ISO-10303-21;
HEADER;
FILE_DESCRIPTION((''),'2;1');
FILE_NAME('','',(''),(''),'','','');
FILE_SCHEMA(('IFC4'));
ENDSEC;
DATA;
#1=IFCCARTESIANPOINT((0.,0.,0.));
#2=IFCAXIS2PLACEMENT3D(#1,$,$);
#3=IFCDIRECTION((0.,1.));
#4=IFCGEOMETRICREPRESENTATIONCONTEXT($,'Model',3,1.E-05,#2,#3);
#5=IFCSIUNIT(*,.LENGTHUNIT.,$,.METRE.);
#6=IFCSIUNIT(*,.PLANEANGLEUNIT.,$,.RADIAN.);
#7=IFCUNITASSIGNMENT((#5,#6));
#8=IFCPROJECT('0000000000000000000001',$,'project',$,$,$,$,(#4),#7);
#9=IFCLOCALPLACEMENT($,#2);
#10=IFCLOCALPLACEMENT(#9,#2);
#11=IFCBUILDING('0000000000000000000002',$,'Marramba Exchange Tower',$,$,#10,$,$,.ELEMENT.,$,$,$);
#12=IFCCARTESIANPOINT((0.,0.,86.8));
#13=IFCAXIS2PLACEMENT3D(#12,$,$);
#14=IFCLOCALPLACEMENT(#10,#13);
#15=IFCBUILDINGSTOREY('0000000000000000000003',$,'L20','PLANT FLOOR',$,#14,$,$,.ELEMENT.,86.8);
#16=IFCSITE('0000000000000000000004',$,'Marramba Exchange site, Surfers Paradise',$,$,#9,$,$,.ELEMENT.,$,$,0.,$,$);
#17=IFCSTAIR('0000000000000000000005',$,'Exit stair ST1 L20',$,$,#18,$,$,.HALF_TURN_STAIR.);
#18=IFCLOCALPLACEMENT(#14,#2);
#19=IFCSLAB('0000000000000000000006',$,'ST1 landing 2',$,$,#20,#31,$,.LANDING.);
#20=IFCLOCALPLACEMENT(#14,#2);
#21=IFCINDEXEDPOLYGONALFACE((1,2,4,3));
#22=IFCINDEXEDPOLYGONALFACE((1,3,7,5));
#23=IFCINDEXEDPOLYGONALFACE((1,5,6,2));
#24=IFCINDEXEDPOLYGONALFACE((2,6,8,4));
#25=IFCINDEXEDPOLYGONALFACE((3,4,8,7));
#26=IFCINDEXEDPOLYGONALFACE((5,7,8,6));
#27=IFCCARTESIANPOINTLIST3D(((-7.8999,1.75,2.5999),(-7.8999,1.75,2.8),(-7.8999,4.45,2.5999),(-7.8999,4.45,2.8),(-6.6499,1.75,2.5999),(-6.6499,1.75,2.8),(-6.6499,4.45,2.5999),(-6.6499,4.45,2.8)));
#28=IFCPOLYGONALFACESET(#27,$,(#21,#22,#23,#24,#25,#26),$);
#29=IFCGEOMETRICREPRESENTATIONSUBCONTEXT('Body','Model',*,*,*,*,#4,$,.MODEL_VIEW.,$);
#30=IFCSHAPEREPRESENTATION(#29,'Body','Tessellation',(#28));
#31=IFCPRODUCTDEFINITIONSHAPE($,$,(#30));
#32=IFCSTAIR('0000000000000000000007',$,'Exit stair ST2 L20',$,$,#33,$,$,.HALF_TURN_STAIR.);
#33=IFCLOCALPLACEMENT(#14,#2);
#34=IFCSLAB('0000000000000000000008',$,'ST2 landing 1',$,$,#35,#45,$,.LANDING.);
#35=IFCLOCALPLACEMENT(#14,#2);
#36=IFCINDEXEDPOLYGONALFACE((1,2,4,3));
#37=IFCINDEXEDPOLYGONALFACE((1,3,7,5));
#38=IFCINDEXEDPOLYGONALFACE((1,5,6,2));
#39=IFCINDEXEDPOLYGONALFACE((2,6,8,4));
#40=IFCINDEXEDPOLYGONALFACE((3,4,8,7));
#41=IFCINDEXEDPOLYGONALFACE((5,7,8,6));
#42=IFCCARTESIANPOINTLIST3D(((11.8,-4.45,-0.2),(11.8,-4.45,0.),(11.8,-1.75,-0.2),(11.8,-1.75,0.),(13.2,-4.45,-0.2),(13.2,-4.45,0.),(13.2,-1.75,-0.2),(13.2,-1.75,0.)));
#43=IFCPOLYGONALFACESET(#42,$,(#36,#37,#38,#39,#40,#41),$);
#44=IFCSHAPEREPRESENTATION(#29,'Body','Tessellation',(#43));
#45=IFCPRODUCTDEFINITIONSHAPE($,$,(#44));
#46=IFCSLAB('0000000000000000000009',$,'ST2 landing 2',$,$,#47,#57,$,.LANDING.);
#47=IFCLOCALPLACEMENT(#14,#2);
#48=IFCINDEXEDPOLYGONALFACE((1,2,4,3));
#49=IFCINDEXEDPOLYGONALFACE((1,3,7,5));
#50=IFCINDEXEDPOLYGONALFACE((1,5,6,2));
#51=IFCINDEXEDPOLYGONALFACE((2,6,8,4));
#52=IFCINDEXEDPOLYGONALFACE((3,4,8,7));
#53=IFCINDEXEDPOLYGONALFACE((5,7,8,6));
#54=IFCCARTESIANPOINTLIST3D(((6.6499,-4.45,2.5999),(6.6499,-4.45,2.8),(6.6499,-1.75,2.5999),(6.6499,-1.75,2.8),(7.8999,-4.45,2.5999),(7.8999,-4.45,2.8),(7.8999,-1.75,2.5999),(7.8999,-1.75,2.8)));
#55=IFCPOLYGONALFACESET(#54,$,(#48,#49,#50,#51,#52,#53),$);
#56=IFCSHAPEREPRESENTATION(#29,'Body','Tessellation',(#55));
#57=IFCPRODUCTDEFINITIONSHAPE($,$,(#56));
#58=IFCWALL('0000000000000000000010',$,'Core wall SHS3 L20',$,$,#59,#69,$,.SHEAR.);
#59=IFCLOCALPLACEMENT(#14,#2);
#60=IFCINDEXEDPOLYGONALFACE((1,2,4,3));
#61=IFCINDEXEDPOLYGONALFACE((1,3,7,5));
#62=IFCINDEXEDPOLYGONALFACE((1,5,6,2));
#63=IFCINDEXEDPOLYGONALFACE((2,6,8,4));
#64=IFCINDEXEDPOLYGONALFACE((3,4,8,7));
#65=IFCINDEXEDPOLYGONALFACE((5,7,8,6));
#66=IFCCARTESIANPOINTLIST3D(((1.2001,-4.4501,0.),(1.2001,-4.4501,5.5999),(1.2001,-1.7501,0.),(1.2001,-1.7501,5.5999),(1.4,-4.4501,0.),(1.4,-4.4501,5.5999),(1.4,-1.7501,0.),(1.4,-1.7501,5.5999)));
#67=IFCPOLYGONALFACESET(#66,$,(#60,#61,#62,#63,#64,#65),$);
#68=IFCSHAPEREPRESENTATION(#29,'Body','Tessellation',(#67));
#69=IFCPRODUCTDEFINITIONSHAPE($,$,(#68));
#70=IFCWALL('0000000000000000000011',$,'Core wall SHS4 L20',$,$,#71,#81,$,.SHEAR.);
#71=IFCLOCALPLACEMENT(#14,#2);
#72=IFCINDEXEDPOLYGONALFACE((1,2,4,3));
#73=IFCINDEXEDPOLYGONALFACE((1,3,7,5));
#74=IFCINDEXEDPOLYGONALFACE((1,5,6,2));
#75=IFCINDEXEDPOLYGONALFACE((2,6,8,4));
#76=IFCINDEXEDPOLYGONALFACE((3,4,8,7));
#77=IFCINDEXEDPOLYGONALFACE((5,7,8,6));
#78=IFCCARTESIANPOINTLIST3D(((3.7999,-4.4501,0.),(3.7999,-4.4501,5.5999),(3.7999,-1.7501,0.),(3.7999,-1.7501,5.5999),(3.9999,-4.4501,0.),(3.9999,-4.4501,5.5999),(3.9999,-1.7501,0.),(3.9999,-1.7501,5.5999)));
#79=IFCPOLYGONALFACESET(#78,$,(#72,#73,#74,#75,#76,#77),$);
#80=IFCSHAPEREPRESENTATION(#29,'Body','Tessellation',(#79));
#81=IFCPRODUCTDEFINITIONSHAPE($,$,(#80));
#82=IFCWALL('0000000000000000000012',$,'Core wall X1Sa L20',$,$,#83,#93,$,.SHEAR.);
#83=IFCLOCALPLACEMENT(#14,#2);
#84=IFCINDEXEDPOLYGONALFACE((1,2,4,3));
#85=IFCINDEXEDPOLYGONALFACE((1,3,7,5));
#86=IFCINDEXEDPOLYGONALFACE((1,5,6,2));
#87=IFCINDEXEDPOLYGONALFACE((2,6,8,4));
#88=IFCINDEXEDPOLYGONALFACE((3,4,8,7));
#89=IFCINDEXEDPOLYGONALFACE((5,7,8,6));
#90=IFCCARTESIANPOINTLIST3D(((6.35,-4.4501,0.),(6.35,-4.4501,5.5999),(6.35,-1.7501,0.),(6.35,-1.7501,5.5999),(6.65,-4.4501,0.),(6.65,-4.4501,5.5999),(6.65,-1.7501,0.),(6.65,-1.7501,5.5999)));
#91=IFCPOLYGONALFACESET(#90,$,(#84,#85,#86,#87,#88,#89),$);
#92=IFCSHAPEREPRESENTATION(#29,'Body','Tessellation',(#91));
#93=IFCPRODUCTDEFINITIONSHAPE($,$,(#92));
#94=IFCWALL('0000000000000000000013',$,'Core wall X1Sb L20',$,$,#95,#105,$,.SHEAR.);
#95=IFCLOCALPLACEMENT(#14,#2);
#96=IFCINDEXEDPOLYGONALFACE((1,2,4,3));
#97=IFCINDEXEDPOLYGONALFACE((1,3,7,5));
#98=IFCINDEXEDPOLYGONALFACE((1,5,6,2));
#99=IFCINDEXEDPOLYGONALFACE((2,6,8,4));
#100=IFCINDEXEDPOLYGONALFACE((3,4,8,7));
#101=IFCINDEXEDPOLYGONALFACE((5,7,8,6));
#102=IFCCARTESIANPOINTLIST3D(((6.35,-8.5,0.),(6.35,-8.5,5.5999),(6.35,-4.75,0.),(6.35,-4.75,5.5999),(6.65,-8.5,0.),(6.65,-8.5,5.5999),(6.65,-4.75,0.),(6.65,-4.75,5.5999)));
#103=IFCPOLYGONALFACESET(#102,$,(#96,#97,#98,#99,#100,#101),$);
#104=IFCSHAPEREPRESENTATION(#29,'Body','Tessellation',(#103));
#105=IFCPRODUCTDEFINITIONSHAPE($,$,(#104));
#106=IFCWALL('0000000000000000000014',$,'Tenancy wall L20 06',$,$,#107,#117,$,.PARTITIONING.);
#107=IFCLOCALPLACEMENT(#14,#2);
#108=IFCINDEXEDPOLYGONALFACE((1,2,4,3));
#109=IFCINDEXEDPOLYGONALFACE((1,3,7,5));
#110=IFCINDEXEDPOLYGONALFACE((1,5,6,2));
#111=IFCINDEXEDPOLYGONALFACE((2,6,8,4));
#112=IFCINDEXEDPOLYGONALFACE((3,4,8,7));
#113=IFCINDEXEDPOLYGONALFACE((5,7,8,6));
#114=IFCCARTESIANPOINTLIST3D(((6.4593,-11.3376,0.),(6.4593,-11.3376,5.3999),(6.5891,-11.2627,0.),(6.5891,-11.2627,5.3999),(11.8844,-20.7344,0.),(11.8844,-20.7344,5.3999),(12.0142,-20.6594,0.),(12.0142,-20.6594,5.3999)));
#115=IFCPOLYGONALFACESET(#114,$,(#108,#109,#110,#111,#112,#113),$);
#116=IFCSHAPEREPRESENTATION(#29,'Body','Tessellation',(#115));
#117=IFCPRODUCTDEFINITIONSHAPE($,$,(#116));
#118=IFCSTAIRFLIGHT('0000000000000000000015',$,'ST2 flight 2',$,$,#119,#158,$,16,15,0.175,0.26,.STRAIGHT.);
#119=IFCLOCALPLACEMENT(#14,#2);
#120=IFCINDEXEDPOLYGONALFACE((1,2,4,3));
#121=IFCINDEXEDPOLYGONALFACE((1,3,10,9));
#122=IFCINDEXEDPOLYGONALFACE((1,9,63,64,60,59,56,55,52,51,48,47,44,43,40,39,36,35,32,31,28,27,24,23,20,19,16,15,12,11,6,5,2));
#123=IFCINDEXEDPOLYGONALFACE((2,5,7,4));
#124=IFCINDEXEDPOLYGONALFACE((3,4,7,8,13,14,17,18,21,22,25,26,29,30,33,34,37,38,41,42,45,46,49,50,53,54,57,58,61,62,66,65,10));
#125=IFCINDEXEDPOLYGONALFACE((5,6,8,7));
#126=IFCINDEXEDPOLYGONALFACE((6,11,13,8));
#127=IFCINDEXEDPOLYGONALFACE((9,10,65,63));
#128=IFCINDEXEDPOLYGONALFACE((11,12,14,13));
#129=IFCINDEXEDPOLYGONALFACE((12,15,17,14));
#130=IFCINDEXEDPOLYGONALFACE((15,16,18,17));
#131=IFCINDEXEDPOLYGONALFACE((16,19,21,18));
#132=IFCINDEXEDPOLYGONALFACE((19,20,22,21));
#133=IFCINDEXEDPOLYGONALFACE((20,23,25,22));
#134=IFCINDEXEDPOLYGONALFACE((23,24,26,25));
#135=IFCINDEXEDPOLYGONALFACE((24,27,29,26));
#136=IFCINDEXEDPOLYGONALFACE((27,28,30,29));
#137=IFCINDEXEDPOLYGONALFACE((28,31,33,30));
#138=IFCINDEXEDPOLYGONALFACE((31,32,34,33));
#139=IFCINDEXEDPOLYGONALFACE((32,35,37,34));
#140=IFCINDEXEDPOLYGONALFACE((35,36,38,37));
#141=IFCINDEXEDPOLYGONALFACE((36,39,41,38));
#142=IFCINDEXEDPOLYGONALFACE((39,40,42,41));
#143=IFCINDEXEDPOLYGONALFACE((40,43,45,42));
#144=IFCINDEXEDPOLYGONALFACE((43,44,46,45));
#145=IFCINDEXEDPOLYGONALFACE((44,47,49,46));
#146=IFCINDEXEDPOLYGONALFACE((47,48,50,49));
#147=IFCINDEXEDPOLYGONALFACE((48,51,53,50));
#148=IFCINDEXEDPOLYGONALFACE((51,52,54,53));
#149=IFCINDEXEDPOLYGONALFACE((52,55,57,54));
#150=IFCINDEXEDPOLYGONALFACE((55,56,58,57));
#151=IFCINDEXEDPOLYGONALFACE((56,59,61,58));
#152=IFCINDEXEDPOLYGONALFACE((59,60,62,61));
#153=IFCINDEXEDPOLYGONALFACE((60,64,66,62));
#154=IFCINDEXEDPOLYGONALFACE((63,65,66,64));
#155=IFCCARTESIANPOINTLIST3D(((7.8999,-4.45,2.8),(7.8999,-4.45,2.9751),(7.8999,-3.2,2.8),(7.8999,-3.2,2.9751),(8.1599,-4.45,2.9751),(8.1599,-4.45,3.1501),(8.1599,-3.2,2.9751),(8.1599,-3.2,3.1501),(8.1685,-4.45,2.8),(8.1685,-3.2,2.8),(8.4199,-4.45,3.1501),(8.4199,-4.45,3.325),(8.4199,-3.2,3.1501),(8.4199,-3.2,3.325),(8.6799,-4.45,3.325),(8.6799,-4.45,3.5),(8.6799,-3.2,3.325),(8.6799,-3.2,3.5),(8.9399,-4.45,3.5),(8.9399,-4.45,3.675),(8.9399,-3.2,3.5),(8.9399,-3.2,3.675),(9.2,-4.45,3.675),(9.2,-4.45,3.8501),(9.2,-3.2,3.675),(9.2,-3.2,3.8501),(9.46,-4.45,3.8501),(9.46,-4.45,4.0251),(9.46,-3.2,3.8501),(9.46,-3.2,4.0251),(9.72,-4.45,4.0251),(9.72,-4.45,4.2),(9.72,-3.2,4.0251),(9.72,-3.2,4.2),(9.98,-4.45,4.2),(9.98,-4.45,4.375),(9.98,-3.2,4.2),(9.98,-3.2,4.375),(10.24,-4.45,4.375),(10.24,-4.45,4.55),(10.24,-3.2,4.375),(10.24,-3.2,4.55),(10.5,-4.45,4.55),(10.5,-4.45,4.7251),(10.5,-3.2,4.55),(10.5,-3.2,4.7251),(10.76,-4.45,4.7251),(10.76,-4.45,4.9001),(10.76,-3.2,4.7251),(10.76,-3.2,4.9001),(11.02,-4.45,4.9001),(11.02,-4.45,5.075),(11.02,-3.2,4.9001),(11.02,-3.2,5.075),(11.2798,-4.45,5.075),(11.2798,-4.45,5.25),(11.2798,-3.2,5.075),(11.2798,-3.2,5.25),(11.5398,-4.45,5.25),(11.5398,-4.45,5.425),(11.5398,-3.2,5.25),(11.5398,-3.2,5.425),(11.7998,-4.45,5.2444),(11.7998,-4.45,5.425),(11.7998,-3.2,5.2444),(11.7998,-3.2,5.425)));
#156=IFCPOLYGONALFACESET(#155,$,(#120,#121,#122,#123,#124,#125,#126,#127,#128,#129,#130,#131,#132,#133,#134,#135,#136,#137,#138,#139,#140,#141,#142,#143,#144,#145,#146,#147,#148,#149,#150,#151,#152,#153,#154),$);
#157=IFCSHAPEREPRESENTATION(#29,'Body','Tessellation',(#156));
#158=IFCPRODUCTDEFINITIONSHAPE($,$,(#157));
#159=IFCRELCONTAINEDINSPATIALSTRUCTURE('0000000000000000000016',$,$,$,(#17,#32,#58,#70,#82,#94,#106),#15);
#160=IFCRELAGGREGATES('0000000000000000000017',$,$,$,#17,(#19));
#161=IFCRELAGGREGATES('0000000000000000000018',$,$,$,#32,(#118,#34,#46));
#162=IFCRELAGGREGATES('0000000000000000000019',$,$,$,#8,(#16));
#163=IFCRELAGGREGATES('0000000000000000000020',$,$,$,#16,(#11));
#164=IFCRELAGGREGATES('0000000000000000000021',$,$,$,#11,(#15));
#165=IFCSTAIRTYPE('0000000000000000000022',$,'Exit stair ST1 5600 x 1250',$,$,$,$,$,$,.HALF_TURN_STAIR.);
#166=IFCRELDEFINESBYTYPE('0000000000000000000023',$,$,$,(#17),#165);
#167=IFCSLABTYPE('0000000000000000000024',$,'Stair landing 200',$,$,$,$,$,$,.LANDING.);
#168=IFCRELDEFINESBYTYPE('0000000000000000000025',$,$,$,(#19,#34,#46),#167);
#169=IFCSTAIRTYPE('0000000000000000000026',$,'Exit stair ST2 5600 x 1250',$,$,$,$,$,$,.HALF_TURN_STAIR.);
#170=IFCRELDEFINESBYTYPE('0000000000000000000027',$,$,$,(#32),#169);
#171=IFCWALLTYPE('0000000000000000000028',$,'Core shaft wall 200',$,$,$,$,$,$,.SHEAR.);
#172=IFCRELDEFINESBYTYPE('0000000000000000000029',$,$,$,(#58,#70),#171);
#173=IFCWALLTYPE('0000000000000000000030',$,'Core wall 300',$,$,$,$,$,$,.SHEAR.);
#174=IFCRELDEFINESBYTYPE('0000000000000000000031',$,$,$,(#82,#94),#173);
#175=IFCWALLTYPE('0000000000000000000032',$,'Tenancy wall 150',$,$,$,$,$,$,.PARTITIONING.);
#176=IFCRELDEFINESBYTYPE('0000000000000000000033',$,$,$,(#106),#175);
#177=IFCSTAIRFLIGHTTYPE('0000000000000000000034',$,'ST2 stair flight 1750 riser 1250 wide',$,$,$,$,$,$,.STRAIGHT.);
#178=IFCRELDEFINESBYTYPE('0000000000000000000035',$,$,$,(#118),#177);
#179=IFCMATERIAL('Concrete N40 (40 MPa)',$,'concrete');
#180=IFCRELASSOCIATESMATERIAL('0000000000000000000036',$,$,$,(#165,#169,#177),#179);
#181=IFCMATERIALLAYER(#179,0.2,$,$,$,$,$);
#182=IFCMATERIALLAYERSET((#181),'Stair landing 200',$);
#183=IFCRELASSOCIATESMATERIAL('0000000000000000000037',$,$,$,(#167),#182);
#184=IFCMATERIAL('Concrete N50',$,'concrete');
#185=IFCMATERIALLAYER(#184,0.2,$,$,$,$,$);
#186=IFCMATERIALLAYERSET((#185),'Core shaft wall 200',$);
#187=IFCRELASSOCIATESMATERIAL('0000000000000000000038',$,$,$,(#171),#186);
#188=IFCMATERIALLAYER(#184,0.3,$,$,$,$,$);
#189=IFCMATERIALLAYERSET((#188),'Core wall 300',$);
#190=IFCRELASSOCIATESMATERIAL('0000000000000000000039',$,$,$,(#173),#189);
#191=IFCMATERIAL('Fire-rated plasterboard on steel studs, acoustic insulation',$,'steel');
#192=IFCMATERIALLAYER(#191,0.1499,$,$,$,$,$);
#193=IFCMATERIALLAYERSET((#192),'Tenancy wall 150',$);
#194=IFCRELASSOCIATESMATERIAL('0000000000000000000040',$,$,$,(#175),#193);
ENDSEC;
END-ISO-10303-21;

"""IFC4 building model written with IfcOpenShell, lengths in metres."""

from ifc_helpers import new_model, si_unit, direction, frame, frame_2d, origin, place, context, subcontext, project, spatial, polyline, rectangle, outline, extrude, material, layer, layer_set, type_object, element, aggregate, save


model = new_model("IFC4")

# Units and contexts
model_context = context("Model", 3, precision=1e-05, world=origin(), true_north=direction((0.0, 1.0)))
body_context = subcontext(model_context, "Body", "Model", "MODEL_VIEW")
ifc_project = project(units=[si_unit("LENGTHUNIT", "METRE"), si_unit("PLANEANGLEUNIT", "RADIAN")], contexts=[model_context])

# Site, building, storey
site_placement = place(None, origin())
site = spatial("IfcSite", under=ifc_project, at=site_placement, Name="Marramba Exchange site, Surfers Paradise", CompositionType="ELEMENT", RefElevation=0.0)
building_placement = place(site_placement, origin())
building = spatial("IfcBuilding", under=site, at=building_placement, Name="Marramba Exchange Tower", CompositionType="ELEMENT")
storey_placement = place(building_placement, frame((0.0, 0.0, 86.8)))
storey = spatial("IfcBuildingStorey", under=building, at=storey_placement, Name="L20", Description="PLANT FLOOR", CompositionType="ELEMENT", Elevation=86.8)

# Shared definitions
ifc_material_1 = material(Name="Concrete N50", Category="concrete")

# Stairs, slabs
ifc_material_2 = material(Name="Concrete N40 (40 MPa)", Category="concrete")
stair_type_1 = type_object("IfcStairType", Name="Exit stair ST1 5600 x 1250", PredefinedType="HALF_TURN_STAIR", material=ifc_material_2)
stair_1_placement = place(storey_placement, origin())
stair_1 = element("IfcStair", 1, at=stair_1_placement, inside=storey, type_object=stair_type_1, Name="Exit stair ST1 L20", PredefinedType="HALF_TURN_STAIR")
ifc_layer_1 = layer(ifc_material_2, 0.2)
ifc_layer_set_1 = layer_set([ifc_layer_1], Name="Stair landing 200")
slab_type = type_object("IfcSlabType", Name="Stair landing 200", PredefinedType="LANDING", material=ifc_layer_set_1)
slab_1_placement = place(storey_placement, frame((0.0, 0.0, 2.5999)))
slab_1 = element("IfcSlab", 2, at=slab_1_placement, type_object=slab_type, Name="ST1 landing 2", PredefinedType="LANDING", context=body_context, shape_type="SweptSolid", body=[
    extrude(outline(polyline([(-7.8999, 1.75), (-6.6499, 1.75), (-6.6499, 4.45), (-7.8999, 4.45), (-7.8999, 1.75)])), origin(), (0.0, 0.0, 1.0), 0.2002),
])
aggregate(stair_1, [slab_1])
stair_type_2 = type_object("IfcStairType", Name="Exit stair ST2 5600 x 1250", PredefinedType="HALF_TURN_STAIR", material=ifc_material_2)
stair_2_placement = place(storey_placement, origin())
stair_2 = element("IfcStair", 3, at=stair_2_placement, inside=storey, type_object=stair_type_2, Name="Exit stair ST2 L20", PredefinedType="HALF_TURN_STAIR")
slab_2_placement = place(storey_placement, frame((0.0, 0.0, -0.2)))
slab_2 = element("IfcSlab", 4, at=slab_2_placement, type_object=slab_type, Name="ST2 landing 1", PredefinedType="LANDING", context=body_context, shape_type="SweptSolid", body=[
    extrude(outline(polyline([(11.8, -4.45), (13.2, -4.45), (13.2, -1.75), (11.8, -1.75), (11.8, -4.45)])), origin(), (0.0, 0.0, 1.0), 0.2),
])
slab_3_placement = place(storey_placement, frame((0.0, 0.0, 2.5999)))
slab_3 = element("IfcSlab", 5, at=slab_3_placement, type_object=slab_type, Name="ST2 landing 2", PredefinedType="LANDING", context=body_context, shape_type="SweptSolid", body=[
    extrude(outline(polyline([(6.6499, -4.45), (7.8999, -4.45), (7.8999, -1.75), (6.6499, -1.75), (6.6499, -4.45)])), origin(), (0.0, 0.0, 1.0), 0.2002),
])

# Walls
ifc_layer_2 = layer(ifc_material_1, 0.2)
ifc_layer_set_2 = layer_set([ifc_layer_2], Name="Core shaft wall 200")
wall_type_1 = type_object("IfcWallType", Name="Core shaft wall 200", PredefinedType="SHEAR", material=ifc_layer_set_2)
for number, where, z_axis, x_axis, name in (
    (6, (1.3, -1.75, 0.0), (0.0, 0.0, 1.0), (0.0, -1.0, 0.0), "Core wall SHS3 L20"),
    (7, (3.8999, -1.75, 0.0), (0.0, 0.0, 1.0), (0.0, -1.0, 0.0), "Core wall SHS4 L20"),
):
    element("IfcWall", number, at=place(storey_placement, frame(where, z_axis=z_axis, x_axis=x_axis)), inside=storey, type_object=wall_type_1, Name=name, PredefinedType="SHEAR", context=body_context, shape_type="SweptSolid", body=[
        extrude(rectangle(XDim=2.7, YDim=0.2, at=frame_2d((1.3501, 0.0))), origin(), (0.0, 0.0, 1.0), 5.5999),
    ])
ifc_layer_3 = layer(ifc_material_1, 0.3)
ifc_layer_set_3 = layer_set([ifc_layer_3], Name="Core wall 300")
wall_type_2 = type_object("IfcWallType", Name="Core wall 300", PredefinedType="SHEAR", material=ifc_layer_set_3)
wall_1_placement = place(storey_placement, frame((6.5, -1.75, 0.0), z_axis=(0.0, 0.0, 1.0), x_axis=(0.0, -1.0, 0.0)))
element("IfcWall", 8, at=wall_1_placement, inside=storey, type_object=wall_type_2, Name="Core wall X1Sa L20", PredefinedType="SHEAR", context=body_context, shape_type="SweptSolid", body=[
    extrude(rectangle(XDim=2.7, YDim=0.3, at=frame_2d((1.3501, 0.0))), origin(), (0.0, 0.0, 1.0), 5.5999),
])
wall_2_placement = place(storey_placement, frame((6.5, -4.75, 0.0), z_axis=(0.0, 0.0, 1.0), x_axis=(0.0, -1.0, 0.0)))
element("IfcWall", 9, at=wall_2_placement, inside=storey, type_object=wall_type_2, Name="Core wall X1Sb L20", PredefinedType="SHEAR", context=body_context, shape_type="SweptSolid", body=[
    extrude(rectangle(XDim=3.75, YDim=0.3, at=frame_2d((1.875, 0.0))), origin(), (0.0, 0.0, 1.0), 5.5999),
])
ifc_material_3 = material(Name="Fire-rated plasterboard on steel studs, acoustic insulation", Category="steel")
ifc_layer_4 = layer(ifc_material_3, 0.1499)
ifc_layer_set_4 = layer_set([ifc_layer_4], Name="Tenancy wall 150")
wall_type_3 = type_object("IfcWallType", Name="Tenancy wall 150", PredefinedType="PARTITIONING", material=ifc_layer_set_4)
wall_3_placement = place(storey_placement, frame((6.5242, -11.3, 0.0), z_axis=(0.0, 0.0, 1.0), x_axis=(0.499989, -0.866032, 0.0)))
element("IfcWall", 10, at=wall_3_placement, inside=storey, type_object=wall_type_3, Name="Tenancy wall L20 06", PredefinedType="PARTITIONING", context=body_context, shape_type="SweptSolid", body=[
    extrude(rectangle(XDim=10.8503, YDim=0.1499, at=frame_2d((5.4253, 0.0))), origin(), (0.0, 0.0, 1.0), 5.3999),
])

# Stair flight
stair_flight_type = type_object("IfcStairFlightType", Name="ST2 stair flight 1750 riser 1250 wide", PredefinedType="STRAIGHT", material=ifc_material_2)
stair_flight_placement = place(storey_placement, frame((7.8999, -3.825, 2.8), z_axis=(0.0, 0.0, 1.0), x_axis=(1.0, 0.0, 0.0)))
stair_flight = element("IfcStairFlight", 11, at=stair_flight_placement, type_object=stair_flight_type, Name="ST2 flight 2", NumberOfRisers=16, NumberOfTreads=15, PredefinedType="STRAIGHT", RiserHeight=0.175, TreadLength=0.26, context=body_context, shape_type="SweptSolid", body=[
    extrude(outline(polyline([(0.0, 0.0), (0.0, 0.175), (0.26, 0.175), (0.26, 0.3501), (0.52, 0.3501), (0.52, 0.5249), (0.78, 0.5249), (0.78, 0.7), (1.04, 0.7), (1.04, 0.875), (1.3, 0.875), (1.3, 1.05), (1.5601, 1.05), (1.5601, 1.2251), (1.8201, 1.2251), (1.8201, 1.3999), (2.0801, 1.3999), (2.0801, 1.575), (2.3401, 1.575), (2.3401, 1.75), (2.6001, 1.75), (2.6001, 1.925), (2.8601, 1.925), (2.8601, 2.1001), (3.1201, 2.1001), (3.1201, 2.2749), (3.3799, 2.2749), (3.3799, 2.45), (3.6399, 2.45), (3.6399, 2.625), (3.8999, 2.625), (3.8999, 2.8), (3.8999, 2.4443), (0.2686, 0.0), (0.0, 0.0)])), frame((0.0, 0.625, 0.0), z_axis=(0.0, -1.0, 0.0), x_axis=(1.0, 0.0, 0.0)), (0.0, 0.0, 1.0), 1.25),
])
aggregate(stair_2, [stair_flight, slab_2, slab_3])

save(model, "model.ifc")
